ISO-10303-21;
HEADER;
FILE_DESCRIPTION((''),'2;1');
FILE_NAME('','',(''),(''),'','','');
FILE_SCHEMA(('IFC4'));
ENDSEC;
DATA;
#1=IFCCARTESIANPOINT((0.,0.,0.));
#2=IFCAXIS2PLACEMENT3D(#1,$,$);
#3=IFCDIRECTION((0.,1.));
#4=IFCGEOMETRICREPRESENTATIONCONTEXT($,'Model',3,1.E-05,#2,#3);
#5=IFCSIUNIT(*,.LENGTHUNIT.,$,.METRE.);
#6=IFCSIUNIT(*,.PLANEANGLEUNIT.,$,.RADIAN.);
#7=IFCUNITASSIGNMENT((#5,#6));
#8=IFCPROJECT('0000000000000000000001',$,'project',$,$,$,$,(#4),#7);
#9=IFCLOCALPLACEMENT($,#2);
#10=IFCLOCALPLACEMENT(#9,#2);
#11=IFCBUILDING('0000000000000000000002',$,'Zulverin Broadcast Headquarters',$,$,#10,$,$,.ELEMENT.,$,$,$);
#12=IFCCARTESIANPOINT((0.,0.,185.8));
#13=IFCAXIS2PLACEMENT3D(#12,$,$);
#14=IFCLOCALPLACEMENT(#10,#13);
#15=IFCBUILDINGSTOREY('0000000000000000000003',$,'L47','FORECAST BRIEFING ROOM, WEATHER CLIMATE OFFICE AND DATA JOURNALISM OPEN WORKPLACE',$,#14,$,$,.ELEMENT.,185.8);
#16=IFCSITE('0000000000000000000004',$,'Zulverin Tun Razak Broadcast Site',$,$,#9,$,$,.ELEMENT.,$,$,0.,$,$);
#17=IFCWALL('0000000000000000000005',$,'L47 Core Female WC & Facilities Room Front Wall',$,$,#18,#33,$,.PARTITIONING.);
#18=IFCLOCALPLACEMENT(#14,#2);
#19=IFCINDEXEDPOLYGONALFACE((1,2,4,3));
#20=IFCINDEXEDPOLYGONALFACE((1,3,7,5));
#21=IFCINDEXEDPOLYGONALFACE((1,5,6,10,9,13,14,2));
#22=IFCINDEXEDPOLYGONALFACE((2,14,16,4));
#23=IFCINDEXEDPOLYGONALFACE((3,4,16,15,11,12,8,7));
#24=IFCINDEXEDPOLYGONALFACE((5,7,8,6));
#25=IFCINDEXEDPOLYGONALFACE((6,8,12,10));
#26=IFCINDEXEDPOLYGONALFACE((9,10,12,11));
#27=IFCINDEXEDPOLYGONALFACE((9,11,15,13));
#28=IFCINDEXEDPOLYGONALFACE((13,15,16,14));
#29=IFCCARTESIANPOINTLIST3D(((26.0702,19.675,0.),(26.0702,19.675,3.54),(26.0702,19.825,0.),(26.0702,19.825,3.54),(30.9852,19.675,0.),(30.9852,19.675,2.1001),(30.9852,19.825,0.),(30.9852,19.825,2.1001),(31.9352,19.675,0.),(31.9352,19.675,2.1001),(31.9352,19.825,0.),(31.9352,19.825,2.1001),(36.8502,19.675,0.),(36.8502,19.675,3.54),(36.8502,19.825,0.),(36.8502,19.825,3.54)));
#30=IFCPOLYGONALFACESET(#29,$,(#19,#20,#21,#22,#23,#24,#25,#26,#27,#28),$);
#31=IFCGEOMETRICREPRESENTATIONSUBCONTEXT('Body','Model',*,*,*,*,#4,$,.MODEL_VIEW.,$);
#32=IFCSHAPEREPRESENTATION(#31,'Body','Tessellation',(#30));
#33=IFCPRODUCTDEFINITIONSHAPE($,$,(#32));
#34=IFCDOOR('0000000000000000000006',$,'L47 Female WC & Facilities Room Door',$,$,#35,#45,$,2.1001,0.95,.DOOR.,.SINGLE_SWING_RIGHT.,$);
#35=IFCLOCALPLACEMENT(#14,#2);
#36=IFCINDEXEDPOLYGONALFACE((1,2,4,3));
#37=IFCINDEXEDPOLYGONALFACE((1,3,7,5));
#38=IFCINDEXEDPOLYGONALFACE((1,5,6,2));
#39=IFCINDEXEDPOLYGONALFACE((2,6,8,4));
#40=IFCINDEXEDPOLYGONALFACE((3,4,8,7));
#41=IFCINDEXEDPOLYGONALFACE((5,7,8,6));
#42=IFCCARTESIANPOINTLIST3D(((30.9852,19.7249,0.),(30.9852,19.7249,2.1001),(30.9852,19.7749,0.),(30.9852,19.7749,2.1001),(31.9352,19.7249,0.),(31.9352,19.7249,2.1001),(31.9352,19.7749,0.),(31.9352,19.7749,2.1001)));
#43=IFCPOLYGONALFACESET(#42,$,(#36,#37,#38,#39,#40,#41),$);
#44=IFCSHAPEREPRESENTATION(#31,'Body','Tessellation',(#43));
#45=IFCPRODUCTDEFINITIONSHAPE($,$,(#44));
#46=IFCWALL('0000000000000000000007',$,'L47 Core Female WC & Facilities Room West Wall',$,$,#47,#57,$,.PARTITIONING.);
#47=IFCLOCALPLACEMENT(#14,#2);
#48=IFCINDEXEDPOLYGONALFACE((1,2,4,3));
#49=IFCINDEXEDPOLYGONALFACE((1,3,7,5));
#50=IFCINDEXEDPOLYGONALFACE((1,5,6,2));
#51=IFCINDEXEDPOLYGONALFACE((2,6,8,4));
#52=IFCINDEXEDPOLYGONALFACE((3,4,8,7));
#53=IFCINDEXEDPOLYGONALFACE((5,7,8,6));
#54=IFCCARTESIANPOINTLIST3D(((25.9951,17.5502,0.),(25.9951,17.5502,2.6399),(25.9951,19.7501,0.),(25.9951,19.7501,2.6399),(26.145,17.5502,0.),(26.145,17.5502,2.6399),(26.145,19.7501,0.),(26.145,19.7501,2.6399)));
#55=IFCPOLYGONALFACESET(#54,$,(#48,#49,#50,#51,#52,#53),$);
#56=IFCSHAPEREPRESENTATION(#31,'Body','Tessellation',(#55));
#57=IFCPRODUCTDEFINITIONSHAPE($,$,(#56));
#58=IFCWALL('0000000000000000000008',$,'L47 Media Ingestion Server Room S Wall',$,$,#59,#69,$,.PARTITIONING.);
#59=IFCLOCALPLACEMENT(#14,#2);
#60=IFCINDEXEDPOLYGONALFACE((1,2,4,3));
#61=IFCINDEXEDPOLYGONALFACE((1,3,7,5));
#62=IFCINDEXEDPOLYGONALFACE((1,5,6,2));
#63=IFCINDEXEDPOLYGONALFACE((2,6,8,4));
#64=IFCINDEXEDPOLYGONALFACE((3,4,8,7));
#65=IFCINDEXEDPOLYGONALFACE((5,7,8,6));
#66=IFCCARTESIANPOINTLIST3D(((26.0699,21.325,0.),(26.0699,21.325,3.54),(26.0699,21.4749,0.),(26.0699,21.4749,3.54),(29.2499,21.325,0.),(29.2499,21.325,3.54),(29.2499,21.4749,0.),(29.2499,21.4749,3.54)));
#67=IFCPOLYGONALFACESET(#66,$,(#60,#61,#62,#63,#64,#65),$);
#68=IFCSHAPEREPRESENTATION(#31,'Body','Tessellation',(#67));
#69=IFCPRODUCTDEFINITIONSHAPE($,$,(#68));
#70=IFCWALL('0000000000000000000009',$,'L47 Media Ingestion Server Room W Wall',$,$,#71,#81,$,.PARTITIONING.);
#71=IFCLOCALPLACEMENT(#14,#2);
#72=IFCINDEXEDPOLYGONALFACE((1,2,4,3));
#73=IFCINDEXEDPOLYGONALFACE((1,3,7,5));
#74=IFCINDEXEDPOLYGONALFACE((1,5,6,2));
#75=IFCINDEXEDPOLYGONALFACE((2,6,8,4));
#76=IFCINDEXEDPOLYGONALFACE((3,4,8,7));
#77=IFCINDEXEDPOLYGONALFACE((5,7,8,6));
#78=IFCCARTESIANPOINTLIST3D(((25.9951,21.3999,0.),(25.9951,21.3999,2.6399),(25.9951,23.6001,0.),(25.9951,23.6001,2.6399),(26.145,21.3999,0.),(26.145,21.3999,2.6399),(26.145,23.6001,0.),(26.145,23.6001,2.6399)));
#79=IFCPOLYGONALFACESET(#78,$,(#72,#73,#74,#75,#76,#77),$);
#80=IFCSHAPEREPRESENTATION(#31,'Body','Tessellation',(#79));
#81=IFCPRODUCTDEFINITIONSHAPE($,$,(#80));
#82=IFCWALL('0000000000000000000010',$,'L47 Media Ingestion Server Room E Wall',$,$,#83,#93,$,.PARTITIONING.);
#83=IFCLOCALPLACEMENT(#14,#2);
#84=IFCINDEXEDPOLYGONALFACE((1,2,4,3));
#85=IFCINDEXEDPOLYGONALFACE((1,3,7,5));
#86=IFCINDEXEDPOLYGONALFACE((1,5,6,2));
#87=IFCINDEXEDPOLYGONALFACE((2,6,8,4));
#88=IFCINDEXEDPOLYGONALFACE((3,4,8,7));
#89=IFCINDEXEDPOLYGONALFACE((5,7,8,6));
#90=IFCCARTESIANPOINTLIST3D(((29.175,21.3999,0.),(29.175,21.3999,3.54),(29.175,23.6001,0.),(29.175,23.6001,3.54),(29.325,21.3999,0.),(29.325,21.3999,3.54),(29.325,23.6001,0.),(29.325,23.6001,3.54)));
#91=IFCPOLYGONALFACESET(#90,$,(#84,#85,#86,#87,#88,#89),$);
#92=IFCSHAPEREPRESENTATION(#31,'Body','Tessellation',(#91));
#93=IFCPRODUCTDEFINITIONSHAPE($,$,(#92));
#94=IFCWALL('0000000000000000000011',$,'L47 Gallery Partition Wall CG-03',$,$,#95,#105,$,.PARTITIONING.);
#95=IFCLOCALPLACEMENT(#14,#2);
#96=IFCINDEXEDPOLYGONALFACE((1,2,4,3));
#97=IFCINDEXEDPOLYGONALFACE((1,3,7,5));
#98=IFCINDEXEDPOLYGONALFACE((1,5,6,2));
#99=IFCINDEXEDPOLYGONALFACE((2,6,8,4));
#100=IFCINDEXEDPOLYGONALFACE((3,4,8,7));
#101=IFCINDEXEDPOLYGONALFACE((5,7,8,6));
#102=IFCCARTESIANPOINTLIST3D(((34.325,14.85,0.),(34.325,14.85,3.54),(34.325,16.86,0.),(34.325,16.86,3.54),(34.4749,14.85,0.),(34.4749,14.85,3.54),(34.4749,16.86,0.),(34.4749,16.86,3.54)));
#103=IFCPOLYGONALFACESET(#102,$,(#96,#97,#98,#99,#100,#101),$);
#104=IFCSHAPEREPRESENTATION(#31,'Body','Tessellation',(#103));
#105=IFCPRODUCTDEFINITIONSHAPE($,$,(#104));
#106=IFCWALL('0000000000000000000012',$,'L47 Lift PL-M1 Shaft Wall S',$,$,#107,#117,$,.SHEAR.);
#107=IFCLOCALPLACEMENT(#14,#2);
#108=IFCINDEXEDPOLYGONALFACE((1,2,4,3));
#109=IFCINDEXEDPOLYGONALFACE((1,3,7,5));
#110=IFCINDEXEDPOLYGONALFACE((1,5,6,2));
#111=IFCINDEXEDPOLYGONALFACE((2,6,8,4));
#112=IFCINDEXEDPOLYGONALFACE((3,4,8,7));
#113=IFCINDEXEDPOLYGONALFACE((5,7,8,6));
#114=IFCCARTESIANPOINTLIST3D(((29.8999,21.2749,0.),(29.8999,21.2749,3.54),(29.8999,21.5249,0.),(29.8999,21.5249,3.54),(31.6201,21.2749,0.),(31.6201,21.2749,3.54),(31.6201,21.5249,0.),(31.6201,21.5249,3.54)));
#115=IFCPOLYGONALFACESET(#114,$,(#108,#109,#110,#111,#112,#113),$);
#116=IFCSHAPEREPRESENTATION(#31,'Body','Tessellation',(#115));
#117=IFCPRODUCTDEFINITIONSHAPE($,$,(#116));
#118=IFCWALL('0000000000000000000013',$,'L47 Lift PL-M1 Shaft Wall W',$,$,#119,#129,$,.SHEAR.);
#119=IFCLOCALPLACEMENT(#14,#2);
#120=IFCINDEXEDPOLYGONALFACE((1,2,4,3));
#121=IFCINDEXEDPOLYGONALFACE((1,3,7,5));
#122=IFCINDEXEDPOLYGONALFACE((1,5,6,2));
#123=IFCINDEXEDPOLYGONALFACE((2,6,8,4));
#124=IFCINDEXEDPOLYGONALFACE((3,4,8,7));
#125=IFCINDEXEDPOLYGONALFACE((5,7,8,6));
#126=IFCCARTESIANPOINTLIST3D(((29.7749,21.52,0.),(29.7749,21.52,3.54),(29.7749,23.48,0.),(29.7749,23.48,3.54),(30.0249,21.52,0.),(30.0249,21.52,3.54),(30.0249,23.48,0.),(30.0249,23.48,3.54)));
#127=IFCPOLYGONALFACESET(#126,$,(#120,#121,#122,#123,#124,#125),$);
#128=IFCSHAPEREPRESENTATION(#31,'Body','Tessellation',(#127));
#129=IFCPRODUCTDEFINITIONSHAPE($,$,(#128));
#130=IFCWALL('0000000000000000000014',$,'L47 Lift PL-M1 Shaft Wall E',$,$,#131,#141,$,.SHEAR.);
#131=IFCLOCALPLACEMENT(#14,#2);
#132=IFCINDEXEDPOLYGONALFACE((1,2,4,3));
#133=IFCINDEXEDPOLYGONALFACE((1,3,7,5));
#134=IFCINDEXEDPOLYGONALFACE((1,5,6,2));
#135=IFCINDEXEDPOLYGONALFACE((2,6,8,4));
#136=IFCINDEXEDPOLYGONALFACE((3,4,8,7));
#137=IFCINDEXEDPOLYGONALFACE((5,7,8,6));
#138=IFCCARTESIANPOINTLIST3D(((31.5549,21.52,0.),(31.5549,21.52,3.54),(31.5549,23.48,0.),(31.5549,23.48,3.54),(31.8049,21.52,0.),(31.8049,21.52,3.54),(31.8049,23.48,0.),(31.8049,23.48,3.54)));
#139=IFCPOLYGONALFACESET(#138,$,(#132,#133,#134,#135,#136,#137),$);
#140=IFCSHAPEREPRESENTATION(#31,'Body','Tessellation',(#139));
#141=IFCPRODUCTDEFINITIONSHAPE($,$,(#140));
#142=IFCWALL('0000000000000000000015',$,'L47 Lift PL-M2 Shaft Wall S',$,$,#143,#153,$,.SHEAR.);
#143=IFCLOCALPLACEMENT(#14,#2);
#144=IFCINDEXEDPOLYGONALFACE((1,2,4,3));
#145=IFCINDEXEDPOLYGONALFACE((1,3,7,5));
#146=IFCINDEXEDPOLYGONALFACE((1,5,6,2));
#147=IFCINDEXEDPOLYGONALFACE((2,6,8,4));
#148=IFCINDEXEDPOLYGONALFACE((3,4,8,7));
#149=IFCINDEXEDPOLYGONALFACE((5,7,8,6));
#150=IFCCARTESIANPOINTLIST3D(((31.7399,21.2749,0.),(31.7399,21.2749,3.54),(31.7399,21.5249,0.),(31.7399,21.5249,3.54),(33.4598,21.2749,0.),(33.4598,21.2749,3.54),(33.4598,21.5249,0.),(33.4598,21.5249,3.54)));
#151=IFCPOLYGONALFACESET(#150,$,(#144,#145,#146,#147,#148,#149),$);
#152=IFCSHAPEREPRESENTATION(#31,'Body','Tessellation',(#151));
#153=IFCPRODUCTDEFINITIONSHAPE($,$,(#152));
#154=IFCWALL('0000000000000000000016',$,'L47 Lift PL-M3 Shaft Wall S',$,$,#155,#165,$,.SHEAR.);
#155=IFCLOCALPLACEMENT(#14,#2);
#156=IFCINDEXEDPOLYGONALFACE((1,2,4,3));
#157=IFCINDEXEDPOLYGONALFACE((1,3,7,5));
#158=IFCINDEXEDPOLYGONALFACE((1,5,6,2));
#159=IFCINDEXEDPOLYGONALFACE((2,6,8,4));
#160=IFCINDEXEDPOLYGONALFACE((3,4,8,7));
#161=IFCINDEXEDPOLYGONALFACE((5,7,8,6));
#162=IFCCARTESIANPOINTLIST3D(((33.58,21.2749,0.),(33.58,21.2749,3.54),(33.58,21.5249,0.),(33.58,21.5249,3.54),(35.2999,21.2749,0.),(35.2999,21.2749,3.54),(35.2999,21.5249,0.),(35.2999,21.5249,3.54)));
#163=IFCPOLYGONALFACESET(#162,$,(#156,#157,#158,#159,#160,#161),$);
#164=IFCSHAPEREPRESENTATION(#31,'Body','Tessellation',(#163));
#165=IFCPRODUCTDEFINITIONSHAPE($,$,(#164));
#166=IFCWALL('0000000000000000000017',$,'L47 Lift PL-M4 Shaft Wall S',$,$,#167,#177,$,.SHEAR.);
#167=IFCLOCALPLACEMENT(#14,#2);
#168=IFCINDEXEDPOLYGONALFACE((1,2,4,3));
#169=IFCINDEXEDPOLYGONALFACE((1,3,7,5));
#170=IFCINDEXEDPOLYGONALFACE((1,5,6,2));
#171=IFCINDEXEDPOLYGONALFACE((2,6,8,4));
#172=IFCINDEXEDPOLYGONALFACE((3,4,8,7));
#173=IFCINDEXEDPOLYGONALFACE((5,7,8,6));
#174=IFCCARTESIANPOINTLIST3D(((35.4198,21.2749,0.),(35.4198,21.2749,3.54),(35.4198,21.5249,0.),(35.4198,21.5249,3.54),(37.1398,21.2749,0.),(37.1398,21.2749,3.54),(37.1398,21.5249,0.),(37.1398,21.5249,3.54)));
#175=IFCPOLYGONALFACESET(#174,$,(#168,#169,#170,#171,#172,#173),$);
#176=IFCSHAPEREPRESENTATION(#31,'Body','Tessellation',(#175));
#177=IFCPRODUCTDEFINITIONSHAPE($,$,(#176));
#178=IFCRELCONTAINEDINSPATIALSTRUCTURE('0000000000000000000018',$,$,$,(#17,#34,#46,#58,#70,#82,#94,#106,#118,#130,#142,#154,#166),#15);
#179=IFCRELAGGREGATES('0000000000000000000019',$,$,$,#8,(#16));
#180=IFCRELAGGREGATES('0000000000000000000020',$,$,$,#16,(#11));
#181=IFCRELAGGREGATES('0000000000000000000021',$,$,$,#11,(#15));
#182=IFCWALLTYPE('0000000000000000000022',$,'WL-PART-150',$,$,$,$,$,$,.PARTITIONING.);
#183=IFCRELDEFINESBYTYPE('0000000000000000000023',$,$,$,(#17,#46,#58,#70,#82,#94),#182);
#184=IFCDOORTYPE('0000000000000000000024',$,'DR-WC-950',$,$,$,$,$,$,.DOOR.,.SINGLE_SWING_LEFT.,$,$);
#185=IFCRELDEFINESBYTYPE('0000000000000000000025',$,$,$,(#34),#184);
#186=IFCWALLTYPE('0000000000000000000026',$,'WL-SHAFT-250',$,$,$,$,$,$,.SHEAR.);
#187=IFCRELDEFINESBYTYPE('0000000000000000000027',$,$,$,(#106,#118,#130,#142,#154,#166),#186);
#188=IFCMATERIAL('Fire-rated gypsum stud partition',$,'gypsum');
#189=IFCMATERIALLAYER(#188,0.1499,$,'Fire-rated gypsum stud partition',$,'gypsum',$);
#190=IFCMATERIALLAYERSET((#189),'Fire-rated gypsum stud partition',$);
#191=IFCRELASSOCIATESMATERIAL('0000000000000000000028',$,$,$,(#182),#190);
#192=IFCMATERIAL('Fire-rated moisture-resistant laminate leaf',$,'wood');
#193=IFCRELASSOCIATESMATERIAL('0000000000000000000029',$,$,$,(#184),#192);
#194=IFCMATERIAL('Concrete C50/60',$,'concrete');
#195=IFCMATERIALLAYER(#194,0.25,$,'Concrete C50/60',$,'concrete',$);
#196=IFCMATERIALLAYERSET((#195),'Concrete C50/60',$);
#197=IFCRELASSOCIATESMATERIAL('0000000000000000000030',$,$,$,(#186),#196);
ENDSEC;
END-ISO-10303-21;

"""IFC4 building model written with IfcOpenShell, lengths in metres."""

from ifc_helpers import new_model, si_unit, direction, frame, frame_2d, origin, place, context, subcontext, project, spatial, rectangle, extrude, material, layer, layer_set, type_object, element, fill, save


model = new_model("IFC4")

# Units and contexts
model_context = context("Model", 3, precision=1e-05, world=origin(), true_north=direction((0.0, 1.0)))
body_context = subcontext(model_context, "Body", "Model", "MODEL_VIEW")
ifc_project = project(units=[si_unit("LENGTHUNIT", "METRE"), si_unit("PLANEANGLEUNIT", "RADIAN")], contexts=[model_context])

# Site, building, storey
site_placement = place(None, origin())
site = spatial("IfcSite", under=ifc_project, at=site_placement, Name="Zulverin Tun Razak Broadcast Site", CompositionType="ELEMENT", RefElevation=0.0)
building_placement = place(site_placement, origin())
building = spatial("IfcBuilding", under=site, at=building_placement, Name="Zulverin Broadcast Headquarters", CompositionType="ELEMENT")
storey_placement = place(building_placement, frame((0.0, 0.0, 185.8)))
storey = spatial("IfcBuildingStorey", under=building, at=storey_placement, Name="L47", Description="FORECAST BRIEFING ROOM, WEATHER CLIMATE OFFICE AND DATA JOURNALISM OPEN WORKPLACE", CompositionType="ELEMENT", Elevation=185.8)

# Shared definitions
ifc_material_1 = material(Name="Concrete C50/60", Category="concrete")

# Wall, opening, door
ifc_material_2 = material(Name="Fire-rated gypsum stud partition", Category="gypsum")
ifc_layer_1 = layer(ifc_material_2, 0.1499, Name="Fire-rated gypsum stud partition", Category="gypsum")
ifc_layer_set_1 = layer_set([ifc_layer_1], Name="Fire-rated gypsum stud partition")
wall_type_1 = type_object("IfcWallType", Name="WL-PART-150", PredefinedType="PARTITIONING", material=ifc_layer_set_1)
wall_1_placement = place(storey_placement, frame((26.0701, 19.75, 0.0), z_axis=(0.0, 0.0, 1.0), x_axis=(1.0, 0.0, 0.0)))
wall_1 = element("IfcWall", 1, at=wall_1_placement, inside=storey, type_object=wall_type_1, Name="L47 Core Female WC & Facilities Room Front Wall", PredefinedType="PARTITIONING", context=body_context, shape_type="SweptSolid", body=[
    extrude(rectangle(XDim=10.78, YDim=0.1499, at=frame_2d((5.3901, 0.0))), origin(), (0.0, 0.0, 1.0), 3.54),
])
opening_placement = place(wall_1_placement, frame((4.915, 0.0, 0.0)))
opening = element("IfcOpeningElement", 2, at=opening_placement, cuts=wall_1, PredefinedType="OPENING", context=body_context, shape_type="SweptSolid", body=[
    extrude(rectangle(XDim=0.95, YDim=2.1001, at=frame_2d((0.4751, 1.05))), frame((0.0, 0.085, 0.0), z_axis=(0.0, -1.0, 0.0), x_axis=(1.0, 0.0, 0.0)), (0.0, 0.0, 1.0), 0.1699),
])
ifc_material_3 = material(Name="Fire-rated moisture-resistant laminate leaf", Category="wood")
door_type = type_object("IfcDoorType", Name="DR-WC-950", OperationType="SINGLE_SWING_LEFT", PredefinedType="DOOR", material=ifc_material_3)
door_placement = place(opening_placement, origin())
door = element("IfcDoor", 3, at=door_placement, inside=storey, type_object=door_type, Name="L47 Female WC & Facilities Room Door", OperationType="SINGLE_SWING_RIGHT", OverallHeight=2.1001, OverallWidth=0.95, PredefinedType="DOOR", context=body_context, shape_type="SweptSolid", body=[
    extrude(rectangle(XDim=0.95, YDim=2.1001, at=frame_2d((0.4751, 1.05))), frame((0.0, 0.0249, 0.0), z_axis=(0.0, -1.0, 0.0), x_axis=(1.0, 0.0, 0.0)), (0.0, 0.0, 1.0), 0.05),
])
fill(opening, door)

# Walls
wall_2_placement = place(storey_placement, frame((26.0701, 17.55, 0.0), z_axis=(0.0, 0.0, 1.0), x_axis=(0.0, 1.0, 0.0)))
element("IfcWall", 4, at=wall_2_placement, inside=storey, type_object=wall_type_1, Name="L47 Core Female WC & Facilities Room West Wall", PredefinedType="PARTITIONING", context=body_context, shape_type="SweptSolid", body=[
    extrude(rectangle(XDim=2.2, YDim=0.1499, at=frame_2d((1.1001, 0.0))), origin(), (0.0, 0.0, 1.0), 2.6399),
])
wall_3_placement = place(storey_placement, frame((26.0701, 21.3999, 0.0), z_axis=(0.0, 0.0, 1.0), x_axis=(1.0, 0.0, 0.0)))
element("IfcWall", 5, at=wall_3_placement, inside=storey, type_object=wall_type_1, Name="L47 Media Ingestion Server Room S Wall", PredefinedType="PARTITIONING", context=body_context, shape_type="SweptSolid", body=[
    extrude(rectangle(XDim=3.1799, YDim=0.1499, at=frame_2d((1.5898, 0.0))), origin(), (0.0, 0.0, 1.0), 3.54),
])
wall_4_placement = place(storey_placement, frame((26.0701, 21.3999, 0.0), z_axis=(0.0, 0.0, 1.0), x_axis=(0.0, 1.0, 0.0)))
element("IfcWall", 6, at=wall_4_placement, inside=storey, type_object=wall_type_1, Name="L47 Media Ingestion Server Room W Wall", PredefinedType="PARTITIONING", context=body_context, shape_type="SweptSolid", body=[
    extrude(rectangle(XDim=2.2002, YDim=0.1499, at=frame_2d((1.1001, 0.0))), origin(), (0.0, 0.0, 1.0), 2.6399),
])
wall_5_placement = place(storey_placement, frame((29.25, 21.3999, 0.0), z_axis=(0.0, 0.0, 1.0), x_axis=(0.0, 1.0, 0.0)))
element("IfcWall", 7, at=wall_5_placement, inside=storey, type_object=wall_type_1, Name="L47 Media Ingestion Server Room E Wall", PredefinedType="PARTITIONING", context=body_context, shape_type="SweptSolid", body=[
    extrude(rectangle(XDim=2.2002, YDim=0.1499, at=frame_2d((1.1001, 0.0))), origin(), (0.0, 0.0, 1.0), 3.54),
])
wall_6_placement = place(storey_placement, frame((34.3999, 14.8501, 0.0), z_axis=(0.0, 0.0, 1.0), x_axis=(0.0, 1.0, 0.0)))
element("IfcWall", 8, at=wall_6_placement, inside=storey, type_object=wall_type_1, Name="L47 Gallery Partition Wall CG-03", PredefinedType="PARTITIONING", context=body_context, shape_type="SweptSolid", body=[
    extrude(rectangle(XDim=2.01, YDim=0.1499, at=frame_2d((1.0049, 0.0))), origin(), (0.0, 0.0, 1.0), 3.54),
])
ifc_layer_2 = layer(ifc_material_1, 0.25, Name="Concrete C50/60", Category="concrete")
ifc_layer_set_2 = layer_set([ifc_layer_2], Name="Concrete C50/60")
wall_type_2 = type_object("IfcWallType", Name="WL-SHAFT-250", PredefinedType="SHEAR", material=ifc_layer_set_2)
wall_7_placement = place(storey_placement, frame((29.8999, 21.3999, 0.0), z_axis=(0.0, 0.0, 1.0), x_axis=(1.0, 0.0, 0.0)))
element("IfcWall", 9, at=wall_7_placement, inside=storey, type_object=wall_type_2, Name="L47 Lift PL-M1 Shaft Wall S", PredefinedType="SHEAR", context=body_context, shape_type="SweptSolid", body=[
    extrude(rectangle(XDim=1.7202, YDim=0.25, at=frame_2d((0.8601, 0.0))), origin(), (0.0, 0.0, 1.0), 3.54),
])
for number, where, z_axis, x_axis, name in (
    (10, (29.8999, 21.52, 0.0), (0.0, 0.0, 1.0), (0.0, 1.0, 0.0), "L47 Lift PL-M1 Shaft Wall W"),
    (11, (31.6799, 21.52, 0.0), (0.0, 0.0, 1.0), (0.0, 1.0, 0.0), "L47 Lift PL-M1 Shaft Wall E"),
):
    element("IfcWall", number, at=place(storey_placement, frame(where, z_axis=z_axis, x_axis=x_axis)), inside=storey, type_object=wall_type_2, Name=name, PredefinedType="SHEAR", context=body_context, shape_type="SweptSolid", body=[
        extrude(rectangle(XDim=1.96, YDim=0.25, at=frame_2d((0.98, 0.0))), origin(), (0.0, 0.0, 1.0), 3.54),
    ])
for number, where, z_axis, x_axis, name in (
    (12, (31.74, 21.3999, 0.0), (0.0, 0.0, 1.0), (1.0, 0.0, 0.0), "L47 Lift PL-M2 Shaft Wall S"),
    (13, (33.5801, 21.3999, 0.0), (0.0, 0.0, 1.0), (1.0, 0.0, 0.0), "L47 Lift PL-M3 Shaft Wall S"),
    (14, (35.4199, 21.3999, 0.0), (0.0, 0.0, 1.0), (1.0, 0.0, 0.0), "L47 Lift PL-M4 Shaft Wall S"),
):
    element("IfcWall", number, at=place(storey_placement, frame(where, z_axis=z_axis, x_axis=x_axis)), inside=storey, type_object=wall_type_2, Name=name, PredefinedType="SHEAR", context=body_context, shape_type="SweptSolid", body=[
        extrude(rectangle(XDim=1.72, YDim=0.25, at=frame_2d((0.8599, 0.0))), origin(), (0.0, 0.0, 1.0), 3.54),
    ])

save(model, "model.ifc")
